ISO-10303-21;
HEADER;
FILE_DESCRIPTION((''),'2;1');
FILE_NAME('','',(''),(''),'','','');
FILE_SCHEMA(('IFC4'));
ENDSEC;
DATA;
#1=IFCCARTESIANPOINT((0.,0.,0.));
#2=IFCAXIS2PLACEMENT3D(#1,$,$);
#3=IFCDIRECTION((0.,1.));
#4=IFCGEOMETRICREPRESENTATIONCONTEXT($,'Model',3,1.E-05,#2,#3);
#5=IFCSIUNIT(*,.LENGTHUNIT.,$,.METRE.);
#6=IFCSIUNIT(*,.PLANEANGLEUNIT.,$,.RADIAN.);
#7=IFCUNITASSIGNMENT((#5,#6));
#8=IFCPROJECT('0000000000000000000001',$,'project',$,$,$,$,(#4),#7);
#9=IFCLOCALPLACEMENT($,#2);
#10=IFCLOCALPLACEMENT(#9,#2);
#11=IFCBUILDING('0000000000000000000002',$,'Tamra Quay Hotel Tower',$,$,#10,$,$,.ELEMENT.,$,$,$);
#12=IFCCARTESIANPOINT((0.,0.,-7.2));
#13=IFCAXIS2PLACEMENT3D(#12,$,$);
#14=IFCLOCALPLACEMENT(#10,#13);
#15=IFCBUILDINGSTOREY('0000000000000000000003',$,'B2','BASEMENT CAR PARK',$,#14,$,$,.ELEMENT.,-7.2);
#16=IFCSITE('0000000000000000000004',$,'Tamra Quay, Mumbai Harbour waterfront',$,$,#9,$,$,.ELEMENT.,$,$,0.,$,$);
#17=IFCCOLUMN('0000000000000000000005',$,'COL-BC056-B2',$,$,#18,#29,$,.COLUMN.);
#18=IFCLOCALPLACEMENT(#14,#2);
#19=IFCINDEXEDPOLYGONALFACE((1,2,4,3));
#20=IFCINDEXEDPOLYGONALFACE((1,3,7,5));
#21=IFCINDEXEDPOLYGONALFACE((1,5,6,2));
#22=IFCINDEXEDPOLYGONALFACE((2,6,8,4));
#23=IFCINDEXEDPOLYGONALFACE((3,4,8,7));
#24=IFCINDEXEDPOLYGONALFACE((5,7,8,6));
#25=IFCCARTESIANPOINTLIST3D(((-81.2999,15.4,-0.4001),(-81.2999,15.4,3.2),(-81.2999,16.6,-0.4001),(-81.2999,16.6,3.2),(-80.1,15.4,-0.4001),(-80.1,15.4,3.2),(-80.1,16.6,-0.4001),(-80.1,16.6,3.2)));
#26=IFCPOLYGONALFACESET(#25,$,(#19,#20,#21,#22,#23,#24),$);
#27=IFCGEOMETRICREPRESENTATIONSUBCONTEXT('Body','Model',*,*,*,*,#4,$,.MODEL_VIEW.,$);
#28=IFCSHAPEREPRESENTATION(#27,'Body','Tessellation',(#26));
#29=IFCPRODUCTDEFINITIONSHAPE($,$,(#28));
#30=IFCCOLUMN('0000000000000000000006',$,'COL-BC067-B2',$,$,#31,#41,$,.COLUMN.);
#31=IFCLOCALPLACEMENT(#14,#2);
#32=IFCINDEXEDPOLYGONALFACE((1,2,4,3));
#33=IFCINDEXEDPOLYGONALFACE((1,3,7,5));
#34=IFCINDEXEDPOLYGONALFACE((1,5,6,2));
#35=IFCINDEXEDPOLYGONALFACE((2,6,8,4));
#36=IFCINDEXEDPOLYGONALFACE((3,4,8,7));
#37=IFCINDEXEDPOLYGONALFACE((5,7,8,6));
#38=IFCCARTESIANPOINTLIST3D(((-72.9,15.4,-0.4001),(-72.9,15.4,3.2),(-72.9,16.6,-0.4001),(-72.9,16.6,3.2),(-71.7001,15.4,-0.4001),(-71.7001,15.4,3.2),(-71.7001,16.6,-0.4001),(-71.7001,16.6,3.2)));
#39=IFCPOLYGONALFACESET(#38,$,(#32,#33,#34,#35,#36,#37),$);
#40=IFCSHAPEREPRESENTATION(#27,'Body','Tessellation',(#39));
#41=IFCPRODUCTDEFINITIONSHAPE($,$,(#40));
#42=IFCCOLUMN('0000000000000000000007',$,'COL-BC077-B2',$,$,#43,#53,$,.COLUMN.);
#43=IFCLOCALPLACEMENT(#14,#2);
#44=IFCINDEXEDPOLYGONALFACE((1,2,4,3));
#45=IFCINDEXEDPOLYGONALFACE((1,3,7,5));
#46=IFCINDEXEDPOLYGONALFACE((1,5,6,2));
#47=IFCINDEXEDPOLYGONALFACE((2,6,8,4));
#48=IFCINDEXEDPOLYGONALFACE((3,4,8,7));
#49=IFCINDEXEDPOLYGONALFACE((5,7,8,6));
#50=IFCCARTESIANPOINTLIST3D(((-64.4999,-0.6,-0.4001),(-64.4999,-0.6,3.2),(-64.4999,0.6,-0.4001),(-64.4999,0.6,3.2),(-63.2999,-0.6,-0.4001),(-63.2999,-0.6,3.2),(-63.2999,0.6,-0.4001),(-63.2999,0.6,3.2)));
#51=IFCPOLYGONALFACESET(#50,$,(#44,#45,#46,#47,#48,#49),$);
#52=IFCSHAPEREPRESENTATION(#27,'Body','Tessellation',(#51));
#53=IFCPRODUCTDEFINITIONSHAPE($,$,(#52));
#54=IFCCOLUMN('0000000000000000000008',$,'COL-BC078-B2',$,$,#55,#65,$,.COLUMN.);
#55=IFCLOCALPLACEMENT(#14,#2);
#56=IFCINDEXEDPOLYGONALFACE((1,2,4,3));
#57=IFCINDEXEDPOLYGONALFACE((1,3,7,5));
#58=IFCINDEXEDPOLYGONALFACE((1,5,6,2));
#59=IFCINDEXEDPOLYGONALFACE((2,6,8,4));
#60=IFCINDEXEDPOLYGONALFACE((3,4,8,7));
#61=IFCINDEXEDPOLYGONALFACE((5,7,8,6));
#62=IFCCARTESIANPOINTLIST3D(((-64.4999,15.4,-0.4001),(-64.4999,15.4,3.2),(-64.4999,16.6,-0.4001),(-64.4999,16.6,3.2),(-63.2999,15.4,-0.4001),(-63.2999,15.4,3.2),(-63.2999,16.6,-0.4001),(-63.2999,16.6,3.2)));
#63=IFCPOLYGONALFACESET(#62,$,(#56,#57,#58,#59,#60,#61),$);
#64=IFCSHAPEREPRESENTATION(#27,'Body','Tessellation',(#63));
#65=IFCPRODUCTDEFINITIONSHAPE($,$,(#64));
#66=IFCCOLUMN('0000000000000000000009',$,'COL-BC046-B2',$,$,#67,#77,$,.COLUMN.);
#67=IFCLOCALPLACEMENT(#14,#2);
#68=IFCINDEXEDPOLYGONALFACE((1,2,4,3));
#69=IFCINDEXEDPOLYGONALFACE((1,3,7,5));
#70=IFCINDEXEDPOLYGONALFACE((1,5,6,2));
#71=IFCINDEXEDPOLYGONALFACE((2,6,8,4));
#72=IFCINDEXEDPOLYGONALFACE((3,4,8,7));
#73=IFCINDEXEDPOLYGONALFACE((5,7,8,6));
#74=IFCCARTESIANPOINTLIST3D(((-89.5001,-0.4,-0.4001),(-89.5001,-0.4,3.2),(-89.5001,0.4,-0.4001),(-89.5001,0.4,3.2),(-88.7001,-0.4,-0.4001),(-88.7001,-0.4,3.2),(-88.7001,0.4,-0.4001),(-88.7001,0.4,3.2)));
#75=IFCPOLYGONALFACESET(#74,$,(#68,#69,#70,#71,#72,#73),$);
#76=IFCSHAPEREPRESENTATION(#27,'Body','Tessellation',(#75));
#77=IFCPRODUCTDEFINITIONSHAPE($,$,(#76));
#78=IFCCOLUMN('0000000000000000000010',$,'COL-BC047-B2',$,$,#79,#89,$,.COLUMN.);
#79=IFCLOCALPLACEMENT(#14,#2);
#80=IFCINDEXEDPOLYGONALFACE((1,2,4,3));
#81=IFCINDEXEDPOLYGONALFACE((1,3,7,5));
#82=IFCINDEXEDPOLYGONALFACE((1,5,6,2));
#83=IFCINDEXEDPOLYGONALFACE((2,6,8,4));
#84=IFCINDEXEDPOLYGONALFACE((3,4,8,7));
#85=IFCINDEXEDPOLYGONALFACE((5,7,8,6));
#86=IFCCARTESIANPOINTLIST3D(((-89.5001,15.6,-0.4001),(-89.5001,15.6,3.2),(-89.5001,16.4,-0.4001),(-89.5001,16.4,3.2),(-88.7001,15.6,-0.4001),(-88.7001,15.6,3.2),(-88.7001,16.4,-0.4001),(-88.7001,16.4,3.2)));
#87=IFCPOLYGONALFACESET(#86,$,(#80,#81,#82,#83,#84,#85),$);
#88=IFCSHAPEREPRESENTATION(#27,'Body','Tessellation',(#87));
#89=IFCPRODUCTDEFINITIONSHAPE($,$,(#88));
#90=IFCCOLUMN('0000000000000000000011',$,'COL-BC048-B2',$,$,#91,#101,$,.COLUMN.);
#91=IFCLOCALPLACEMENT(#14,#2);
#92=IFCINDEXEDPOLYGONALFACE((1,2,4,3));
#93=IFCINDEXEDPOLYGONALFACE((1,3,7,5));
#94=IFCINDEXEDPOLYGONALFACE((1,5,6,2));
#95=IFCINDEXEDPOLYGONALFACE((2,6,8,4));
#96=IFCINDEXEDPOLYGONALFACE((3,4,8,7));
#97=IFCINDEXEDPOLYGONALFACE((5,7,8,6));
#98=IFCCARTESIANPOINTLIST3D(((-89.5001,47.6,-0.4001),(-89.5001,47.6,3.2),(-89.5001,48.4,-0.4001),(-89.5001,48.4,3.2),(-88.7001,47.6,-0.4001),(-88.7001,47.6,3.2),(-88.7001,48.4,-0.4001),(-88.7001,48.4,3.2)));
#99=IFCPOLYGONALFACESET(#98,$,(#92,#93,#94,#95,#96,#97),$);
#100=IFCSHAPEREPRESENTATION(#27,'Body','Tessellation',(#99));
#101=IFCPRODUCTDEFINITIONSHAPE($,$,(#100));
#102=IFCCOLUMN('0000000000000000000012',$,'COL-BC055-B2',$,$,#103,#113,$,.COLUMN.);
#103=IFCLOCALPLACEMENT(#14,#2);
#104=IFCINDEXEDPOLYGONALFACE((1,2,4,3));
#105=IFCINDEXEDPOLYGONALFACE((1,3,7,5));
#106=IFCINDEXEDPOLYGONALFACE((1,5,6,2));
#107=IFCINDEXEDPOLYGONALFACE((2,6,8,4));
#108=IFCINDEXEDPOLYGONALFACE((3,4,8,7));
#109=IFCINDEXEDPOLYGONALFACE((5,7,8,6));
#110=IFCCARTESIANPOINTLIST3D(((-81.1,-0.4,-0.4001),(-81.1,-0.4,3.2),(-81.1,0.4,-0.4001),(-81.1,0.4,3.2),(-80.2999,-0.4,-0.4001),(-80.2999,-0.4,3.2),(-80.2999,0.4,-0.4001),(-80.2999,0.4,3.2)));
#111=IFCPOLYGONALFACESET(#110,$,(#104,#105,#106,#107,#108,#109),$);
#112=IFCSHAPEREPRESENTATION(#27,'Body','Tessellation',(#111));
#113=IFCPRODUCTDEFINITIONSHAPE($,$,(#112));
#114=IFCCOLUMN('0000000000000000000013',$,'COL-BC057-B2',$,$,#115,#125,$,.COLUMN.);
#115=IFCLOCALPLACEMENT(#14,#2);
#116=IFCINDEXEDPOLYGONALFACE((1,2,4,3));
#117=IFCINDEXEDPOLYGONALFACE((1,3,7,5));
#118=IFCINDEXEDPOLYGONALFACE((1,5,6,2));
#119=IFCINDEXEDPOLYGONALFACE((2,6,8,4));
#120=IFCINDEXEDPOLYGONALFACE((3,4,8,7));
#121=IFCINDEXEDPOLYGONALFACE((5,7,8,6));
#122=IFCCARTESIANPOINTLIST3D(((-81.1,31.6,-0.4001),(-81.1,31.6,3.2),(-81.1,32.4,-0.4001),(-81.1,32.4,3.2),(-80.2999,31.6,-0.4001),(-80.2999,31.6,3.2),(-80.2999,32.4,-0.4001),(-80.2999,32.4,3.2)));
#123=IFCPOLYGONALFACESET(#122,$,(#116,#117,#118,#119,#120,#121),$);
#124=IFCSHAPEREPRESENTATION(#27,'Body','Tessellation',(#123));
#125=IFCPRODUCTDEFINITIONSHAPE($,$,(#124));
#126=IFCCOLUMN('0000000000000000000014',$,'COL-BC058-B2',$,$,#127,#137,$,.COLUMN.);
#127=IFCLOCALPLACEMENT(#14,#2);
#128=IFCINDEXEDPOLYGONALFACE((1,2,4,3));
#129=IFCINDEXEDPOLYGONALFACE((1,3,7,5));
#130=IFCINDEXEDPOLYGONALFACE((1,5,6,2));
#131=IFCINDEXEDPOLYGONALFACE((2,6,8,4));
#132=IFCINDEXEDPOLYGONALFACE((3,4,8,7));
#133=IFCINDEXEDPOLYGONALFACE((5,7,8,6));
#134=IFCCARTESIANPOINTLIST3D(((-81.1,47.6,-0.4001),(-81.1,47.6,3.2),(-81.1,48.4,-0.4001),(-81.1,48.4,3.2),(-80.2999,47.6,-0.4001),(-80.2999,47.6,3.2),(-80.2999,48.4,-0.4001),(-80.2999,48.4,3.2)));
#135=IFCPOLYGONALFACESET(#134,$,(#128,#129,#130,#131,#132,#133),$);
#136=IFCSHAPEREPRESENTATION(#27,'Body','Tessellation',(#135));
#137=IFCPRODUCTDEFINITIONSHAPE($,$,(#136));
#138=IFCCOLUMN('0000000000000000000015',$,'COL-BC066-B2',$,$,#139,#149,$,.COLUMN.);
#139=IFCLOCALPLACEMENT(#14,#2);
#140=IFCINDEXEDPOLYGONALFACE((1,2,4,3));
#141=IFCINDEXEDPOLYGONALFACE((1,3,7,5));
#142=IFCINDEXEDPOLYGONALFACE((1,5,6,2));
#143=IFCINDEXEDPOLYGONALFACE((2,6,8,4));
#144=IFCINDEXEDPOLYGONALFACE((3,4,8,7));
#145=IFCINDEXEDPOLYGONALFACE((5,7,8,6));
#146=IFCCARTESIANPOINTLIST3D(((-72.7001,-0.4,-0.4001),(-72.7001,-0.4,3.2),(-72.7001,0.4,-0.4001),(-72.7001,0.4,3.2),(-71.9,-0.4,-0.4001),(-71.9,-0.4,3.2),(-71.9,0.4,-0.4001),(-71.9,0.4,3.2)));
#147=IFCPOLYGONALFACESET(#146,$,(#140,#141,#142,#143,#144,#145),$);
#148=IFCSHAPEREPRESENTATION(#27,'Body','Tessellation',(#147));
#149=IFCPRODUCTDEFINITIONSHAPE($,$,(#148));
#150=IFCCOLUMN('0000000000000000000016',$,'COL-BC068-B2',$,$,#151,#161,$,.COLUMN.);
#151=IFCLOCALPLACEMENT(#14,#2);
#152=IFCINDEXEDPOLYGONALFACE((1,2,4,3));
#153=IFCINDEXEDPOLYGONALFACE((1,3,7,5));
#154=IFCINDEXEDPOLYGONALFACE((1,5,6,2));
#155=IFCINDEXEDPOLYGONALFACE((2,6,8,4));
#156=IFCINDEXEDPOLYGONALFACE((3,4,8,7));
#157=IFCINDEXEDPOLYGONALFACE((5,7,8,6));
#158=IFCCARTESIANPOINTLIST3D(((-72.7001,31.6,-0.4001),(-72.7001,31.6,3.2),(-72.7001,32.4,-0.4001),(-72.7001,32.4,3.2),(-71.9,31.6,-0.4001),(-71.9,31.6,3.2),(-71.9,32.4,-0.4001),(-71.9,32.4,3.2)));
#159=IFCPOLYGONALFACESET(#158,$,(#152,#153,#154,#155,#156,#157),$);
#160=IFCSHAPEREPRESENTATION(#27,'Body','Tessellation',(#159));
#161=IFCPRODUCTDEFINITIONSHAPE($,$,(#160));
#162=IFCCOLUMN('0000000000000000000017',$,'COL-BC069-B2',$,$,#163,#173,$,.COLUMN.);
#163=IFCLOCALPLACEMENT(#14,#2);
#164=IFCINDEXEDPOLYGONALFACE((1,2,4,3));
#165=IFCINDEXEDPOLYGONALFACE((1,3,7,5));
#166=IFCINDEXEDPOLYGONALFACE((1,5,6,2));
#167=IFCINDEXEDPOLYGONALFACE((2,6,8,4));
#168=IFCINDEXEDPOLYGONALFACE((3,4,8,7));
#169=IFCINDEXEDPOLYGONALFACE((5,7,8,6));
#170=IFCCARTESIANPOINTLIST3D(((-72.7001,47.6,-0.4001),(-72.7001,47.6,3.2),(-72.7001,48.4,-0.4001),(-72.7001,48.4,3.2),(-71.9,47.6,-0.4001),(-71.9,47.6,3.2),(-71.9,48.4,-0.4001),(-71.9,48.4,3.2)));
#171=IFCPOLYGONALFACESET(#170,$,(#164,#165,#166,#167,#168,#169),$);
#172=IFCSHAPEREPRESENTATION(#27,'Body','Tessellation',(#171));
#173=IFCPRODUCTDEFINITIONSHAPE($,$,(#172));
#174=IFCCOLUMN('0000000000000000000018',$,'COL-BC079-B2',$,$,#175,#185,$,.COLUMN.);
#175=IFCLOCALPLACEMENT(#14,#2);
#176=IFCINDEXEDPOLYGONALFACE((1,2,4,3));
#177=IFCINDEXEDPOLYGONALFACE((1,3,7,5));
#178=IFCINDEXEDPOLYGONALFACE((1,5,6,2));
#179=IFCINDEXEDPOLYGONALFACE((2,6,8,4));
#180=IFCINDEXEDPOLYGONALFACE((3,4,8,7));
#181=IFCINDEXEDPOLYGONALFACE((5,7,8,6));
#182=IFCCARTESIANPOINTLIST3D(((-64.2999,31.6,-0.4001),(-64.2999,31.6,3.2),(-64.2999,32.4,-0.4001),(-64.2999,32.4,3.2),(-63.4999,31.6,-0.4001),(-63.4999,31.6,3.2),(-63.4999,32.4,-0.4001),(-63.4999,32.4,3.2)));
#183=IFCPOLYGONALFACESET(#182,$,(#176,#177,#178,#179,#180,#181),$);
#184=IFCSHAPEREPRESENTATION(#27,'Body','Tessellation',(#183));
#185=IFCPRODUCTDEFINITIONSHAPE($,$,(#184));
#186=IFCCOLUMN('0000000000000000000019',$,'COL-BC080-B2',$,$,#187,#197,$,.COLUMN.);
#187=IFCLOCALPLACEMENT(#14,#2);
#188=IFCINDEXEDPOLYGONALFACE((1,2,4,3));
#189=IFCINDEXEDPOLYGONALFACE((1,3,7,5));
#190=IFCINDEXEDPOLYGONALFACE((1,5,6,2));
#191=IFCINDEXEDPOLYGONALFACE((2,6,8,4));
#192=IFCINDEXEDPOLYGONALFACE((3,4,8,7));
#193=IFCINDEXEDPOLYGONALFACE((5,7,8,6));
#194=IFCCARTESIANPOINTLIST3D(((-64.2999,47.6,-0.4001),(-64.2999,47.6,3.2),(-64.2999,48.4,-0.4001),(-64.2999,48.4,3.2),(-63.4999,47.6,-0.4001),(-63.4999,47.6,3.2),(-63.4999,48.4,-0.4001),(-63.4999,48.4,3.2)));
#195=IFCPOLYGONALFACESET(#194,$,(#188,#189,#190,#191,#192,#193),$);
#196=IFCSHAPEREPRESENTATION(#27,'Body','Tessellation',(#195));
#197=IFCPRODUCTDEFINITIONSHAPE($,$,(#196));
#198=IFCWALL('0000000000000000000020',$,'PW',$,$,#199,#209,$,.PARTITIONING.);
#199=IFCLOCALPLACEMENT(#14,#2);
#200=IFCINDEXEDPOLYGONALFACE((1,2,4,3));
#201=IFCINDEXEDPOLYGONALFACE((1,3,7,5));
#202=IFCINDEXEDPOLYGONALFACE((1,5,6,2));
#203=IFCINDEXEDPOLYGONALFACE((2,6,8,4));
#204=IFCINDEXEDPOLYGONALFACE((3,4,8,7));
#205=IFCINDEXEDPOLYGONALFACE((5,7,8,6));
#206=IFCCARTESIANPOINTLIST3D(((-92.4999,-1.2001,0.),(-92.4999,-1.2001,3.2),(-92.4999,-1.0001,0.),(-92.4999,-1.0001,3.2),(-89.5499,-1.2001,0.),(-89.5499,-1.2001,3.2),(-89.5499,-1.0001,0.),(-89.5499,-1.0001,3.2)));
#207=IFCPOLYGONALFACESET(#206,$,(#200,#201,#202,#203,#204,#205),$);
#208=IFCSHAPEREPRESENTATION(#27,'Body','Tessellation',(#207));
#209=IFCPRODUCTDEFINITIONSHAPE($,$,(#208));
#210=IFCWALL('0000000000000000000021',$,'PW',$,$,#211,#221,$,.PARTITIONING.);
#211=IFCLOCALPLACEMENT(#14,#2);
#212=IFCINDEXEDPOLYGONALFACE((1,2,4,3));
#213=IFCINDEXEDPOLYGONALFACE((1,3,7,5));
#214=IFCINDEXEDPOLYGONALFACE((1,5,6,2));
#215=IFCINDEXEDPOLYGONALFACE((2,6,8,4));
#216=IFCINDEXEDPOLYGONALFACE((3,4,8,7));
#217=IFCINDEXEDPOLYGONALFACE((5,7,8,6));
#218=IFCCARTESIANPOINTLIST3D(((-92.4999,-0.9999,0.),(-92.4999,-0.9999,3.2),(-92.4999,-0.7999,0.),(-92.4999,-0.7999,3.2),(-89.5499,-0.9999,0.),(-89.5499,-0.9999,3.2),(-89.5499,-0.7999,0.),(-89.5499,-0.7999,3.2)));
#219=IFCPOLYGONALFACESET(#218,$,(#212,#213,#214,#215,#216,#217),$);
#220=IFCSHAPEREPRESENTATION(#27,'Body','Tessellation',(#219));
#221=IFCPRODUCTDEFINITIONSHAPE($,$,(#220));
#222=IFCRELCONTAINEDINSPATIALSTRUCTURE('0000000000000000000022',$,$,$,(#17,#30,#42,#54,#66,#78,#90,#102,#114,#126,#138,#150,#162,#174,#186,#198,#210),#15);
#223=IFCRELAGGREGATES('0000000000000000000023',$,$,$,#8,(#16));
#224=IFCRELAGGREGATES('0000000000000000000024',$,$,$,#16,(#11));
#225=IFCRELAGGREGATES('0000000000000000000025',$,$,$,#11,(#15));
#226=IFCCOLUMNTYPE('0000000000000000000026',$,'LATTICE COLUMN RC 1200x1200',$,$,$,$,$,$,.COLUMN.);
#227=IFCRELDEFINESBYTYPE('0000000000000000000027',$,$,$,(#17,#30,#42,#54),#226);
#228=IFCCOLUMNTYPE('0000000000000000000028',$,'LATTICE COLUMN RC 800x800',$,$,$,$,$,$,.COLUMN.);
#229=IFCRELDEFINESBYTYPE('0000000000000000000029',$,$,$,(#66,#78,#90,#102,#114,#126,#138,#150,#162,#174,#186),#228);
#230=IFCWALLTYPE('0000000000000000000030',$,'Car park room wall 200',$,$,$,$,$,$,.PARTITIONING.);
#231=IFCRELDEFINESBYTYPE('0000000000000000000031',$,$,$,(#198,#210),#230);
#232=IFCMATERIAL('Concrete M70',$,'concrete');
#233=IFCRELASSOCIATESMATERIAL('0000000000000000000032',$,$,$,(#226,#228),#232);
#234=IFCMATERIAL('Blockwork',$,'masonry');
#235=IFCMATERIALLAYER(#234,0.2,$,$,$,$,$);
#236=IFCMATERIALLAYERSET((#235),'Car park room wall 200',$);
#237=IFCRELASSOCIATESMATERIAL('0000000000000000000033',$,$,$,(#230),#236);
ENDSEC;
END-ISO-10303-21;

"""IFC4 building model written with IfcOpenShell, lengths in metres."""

from ifc_helpers import new_model, si_unit, direction, frame, frame_2d, origin, origin_2d, place, context, subcontext, project, spatial, rectangle, extrude, material, layer, layer_set, material_profile, profile_set, type_object, element, save


model = new_model("IFC4")

# Units and contexts
model_context = context("Model", 3, precision=1e-05, world=origin(), true_north=direction((0.0, 1.0)))
body_context = subcontext(model_context, "Body", "Model", "MODEL_VIEW")
ifc_project = project(units=[si_unit("LENGTHUNIT", "METRE"), si_unit("PLANEANGLEUNIT", "RADIAN")], contexts=[model_context])

# Site, building, storey
site_placement = place(None, origin())
site = spatial("IfcSite", under=ifc_project, at=site_placement, Name="Tamra Quay, Mumbai Harbour waterfront", CompositionType="ELEMENT", RefElevation=0.0)
building_placement = place(site_placement, origin())
building = spatial("IfcBuilding", under=site, at=building_placement, Name="Tamra Quay Hotel Tower", CompositionType="ELEMENT")
storey_placement = place(building_placement, frame((0.0, 0.0, -7.2)))
storey = spatial("IfcBuildingStorey", under=building, at=storey_placement, Name="B2", Description="BASEMENT CAR PARK", CompositionType="ELEMENT", Elevation=-7.2)

# Columns
ifc_material_1 = material(Name="Concrete M70", Category="concrete")
ifc_material_profile_1 = material_profile(ifc_material_1, rectangle(XDim=1.2, YDim=1.2, at=origin_2d()), Name="LATTICE COLUMN RC 1200x1200")
ifc_profile_set_1 = profile_set([ifc_material_profile_1], Name="Concrete M70")
column_type_1 = type_object("IfcColumnType", Name="LATTICE COLUMN RC 1200x1200", PredefinedType="COLUMN", material=ifc_profile_set_1)
for number, where, z_axis, x_axis, name in (
    (1, (-80.7, 16.0, -0.4001), (0.0, 0.0, 1.0), (1.0, 0.0, 0.0), "COL-BC056-B2"),
    (2, (-72.3, 16.0, -0.4001), (0.0, 0.0, 1.0), (1.0, 0.0, 0.0), "COL-BC067-B2"),
    (3, (-63.8999, 0.0, -0.4001), (0.0, 0.0, 1.0), (1.0, 0.0, 0.0), "COL-BC077-B2"),
    (4, (-63.8999, 16.0, -0.4001), (0.0, 0.0, 1.0), (1.0, 0.0, 0.0), "COL-BC078-B2"),
):
    element("IfcColumn", number, at=place(storey_placement, frame(where, z_axis=z_axis, x_axis=x_axis)), inside=storey, type_object=column_type_1, Name=name, PredefinedType="COLUMN", context=body_context, shape_type="SweptSolid", body=[
        extrude(rectangle(XDim=1.2, YDim=1.2, at=origin_2d()), origin(), (0.0, 0.0, 1.0), 3.6001),
    ])
ifc_material_profile_2 = material_profile(ifc_material_1, rectangle(XDim=0.8, YDim=0.8, at=origin_2d()), Name="LATTICE COLUMN RC 800x800")
ifc_profile_set_2 = profile_set([ifc_material_profile_2], Name="Concrete M70")
column_type_2 = type_object("IfcColumnType", Name="LATTICE COLUMN RC 800x800", PredefinedType="COLUMN", material=ifc_profile_set_2)
for number, where, z_axis, x_axis, name in (
    (5, (-89.1001, 0.0, -0.4001), (0.0, 0.0, 1.0), (1.0, 0.0, 0.0), "COL-BC046-B2"),
    (6, (-89.1001, 16.0, -0.4001), (0.0, 0.0, 1.0), (1.0, 0.0, 0.0), "COL-BC047-B2"),
    (7, (-89.1001, 48.0, -0.4001), (0.0, 0.0, 1.0), (1.0, 0.0, 0.0), "COL-BC048-B2"),
    (8, (-80.7, 0.0, -0.4001), (0.0, 0.0, 1.0), (1.0, 0.0, 0.0), "COL-BC055-B2"),
    (9, (-80.7, 32.0, -0.4001), (0.0, 0.0, 1.0), (1.0, 0.0, 0.0), "COL-BC057-B2"),
    (10, (-80.7, 48.0, -0.4001), (0.0, 0.0, 1.0), (1.0, 0.0, 0.0), "COL-BC058-B2"),
    (11, (-72.3, 0.0, -0.4001), (0.0, 0.0, 1.0), (1.0, 0.0, 0.0), "COL-BC066-B2"),
    (12, (-72.3, 32.0, -0.4001), (0.0, 0.0, 1.0), (1.0, 0.0, 0.0), "COL-BC068-B2"),
    (13, (-72.3, 48.0, -0.4001), (0.0, 0.0, 1.0), (1.0, 0.0, 0.0), "COL-BC069-B2"),
    (14, (-63.8999, 32.0, -0.4001), (0.0, 0.0, 1.0), (1.0, 0.0, 0.0), "COL-BC079-B2"),
    (15, (-63.8999, 48.0, -0.4001), (0.0, 0.0, 1.0), (1.0, 0.0, 0.0), "COL-BC080-B2"),
):
    element("IfcColumn", number, at=place(storey_placement, frame(where, z_axis=z_axis, x_axis=x_axis)), inside=storey, type_object=column_type_2, Name=name, PredefinedType="COLUMN", context=body_context, shape_type="SweptSolid", body=[
        extrude(rectangle(XDim=0.8, YDim=0.8, at=origin_2d()), origin(), (0.0, 0.0, 1.0), 3.6001),
    ])

# Walls
ifc_material_2 = material(Name="Blockwork", Category="masonry")
ifc_layer_1 = layer(ifc_material_2, 0.2)
ifc_layer_set_1 = layer_set([ifc_layer_1], Name="Car park room wall 200")
wall_type_1 = type_object("IfcWallType", Name="Car park room wall 200", PredefinedType="PARTITIONING", material=ifc_layer_set_1)
for number, where, z_axis, x_axis, name in (
    (16, (-92.5, -1.1001, 0.0), (0.0, 0.0, 1.0), (1.0, 0.0, 0.0), "PW"),
    (17, (-92.5, -0.8999, 0.0), (0.0, 0.0, 1.0), (1.0, 0.0, 0.0), "PW"),
):
    element("IfcWall", number, at=place(storey_placement, frame(where, z_axis=z_axis, x_axis=x_axis)), inside=storey, type_object=wall_type_1, Name=name, PredefinedType="PARTITIONING", context=body_context, shape_type="SweptSolid", body=[
        extrude(rectangle(XDim=2.95, YDim=0.2, at=frame_2d((1.4751, 0.0))), origin(), (0.0, 0.0, 1.0), 3.2),
    ])

save(model, "model.ifc")
